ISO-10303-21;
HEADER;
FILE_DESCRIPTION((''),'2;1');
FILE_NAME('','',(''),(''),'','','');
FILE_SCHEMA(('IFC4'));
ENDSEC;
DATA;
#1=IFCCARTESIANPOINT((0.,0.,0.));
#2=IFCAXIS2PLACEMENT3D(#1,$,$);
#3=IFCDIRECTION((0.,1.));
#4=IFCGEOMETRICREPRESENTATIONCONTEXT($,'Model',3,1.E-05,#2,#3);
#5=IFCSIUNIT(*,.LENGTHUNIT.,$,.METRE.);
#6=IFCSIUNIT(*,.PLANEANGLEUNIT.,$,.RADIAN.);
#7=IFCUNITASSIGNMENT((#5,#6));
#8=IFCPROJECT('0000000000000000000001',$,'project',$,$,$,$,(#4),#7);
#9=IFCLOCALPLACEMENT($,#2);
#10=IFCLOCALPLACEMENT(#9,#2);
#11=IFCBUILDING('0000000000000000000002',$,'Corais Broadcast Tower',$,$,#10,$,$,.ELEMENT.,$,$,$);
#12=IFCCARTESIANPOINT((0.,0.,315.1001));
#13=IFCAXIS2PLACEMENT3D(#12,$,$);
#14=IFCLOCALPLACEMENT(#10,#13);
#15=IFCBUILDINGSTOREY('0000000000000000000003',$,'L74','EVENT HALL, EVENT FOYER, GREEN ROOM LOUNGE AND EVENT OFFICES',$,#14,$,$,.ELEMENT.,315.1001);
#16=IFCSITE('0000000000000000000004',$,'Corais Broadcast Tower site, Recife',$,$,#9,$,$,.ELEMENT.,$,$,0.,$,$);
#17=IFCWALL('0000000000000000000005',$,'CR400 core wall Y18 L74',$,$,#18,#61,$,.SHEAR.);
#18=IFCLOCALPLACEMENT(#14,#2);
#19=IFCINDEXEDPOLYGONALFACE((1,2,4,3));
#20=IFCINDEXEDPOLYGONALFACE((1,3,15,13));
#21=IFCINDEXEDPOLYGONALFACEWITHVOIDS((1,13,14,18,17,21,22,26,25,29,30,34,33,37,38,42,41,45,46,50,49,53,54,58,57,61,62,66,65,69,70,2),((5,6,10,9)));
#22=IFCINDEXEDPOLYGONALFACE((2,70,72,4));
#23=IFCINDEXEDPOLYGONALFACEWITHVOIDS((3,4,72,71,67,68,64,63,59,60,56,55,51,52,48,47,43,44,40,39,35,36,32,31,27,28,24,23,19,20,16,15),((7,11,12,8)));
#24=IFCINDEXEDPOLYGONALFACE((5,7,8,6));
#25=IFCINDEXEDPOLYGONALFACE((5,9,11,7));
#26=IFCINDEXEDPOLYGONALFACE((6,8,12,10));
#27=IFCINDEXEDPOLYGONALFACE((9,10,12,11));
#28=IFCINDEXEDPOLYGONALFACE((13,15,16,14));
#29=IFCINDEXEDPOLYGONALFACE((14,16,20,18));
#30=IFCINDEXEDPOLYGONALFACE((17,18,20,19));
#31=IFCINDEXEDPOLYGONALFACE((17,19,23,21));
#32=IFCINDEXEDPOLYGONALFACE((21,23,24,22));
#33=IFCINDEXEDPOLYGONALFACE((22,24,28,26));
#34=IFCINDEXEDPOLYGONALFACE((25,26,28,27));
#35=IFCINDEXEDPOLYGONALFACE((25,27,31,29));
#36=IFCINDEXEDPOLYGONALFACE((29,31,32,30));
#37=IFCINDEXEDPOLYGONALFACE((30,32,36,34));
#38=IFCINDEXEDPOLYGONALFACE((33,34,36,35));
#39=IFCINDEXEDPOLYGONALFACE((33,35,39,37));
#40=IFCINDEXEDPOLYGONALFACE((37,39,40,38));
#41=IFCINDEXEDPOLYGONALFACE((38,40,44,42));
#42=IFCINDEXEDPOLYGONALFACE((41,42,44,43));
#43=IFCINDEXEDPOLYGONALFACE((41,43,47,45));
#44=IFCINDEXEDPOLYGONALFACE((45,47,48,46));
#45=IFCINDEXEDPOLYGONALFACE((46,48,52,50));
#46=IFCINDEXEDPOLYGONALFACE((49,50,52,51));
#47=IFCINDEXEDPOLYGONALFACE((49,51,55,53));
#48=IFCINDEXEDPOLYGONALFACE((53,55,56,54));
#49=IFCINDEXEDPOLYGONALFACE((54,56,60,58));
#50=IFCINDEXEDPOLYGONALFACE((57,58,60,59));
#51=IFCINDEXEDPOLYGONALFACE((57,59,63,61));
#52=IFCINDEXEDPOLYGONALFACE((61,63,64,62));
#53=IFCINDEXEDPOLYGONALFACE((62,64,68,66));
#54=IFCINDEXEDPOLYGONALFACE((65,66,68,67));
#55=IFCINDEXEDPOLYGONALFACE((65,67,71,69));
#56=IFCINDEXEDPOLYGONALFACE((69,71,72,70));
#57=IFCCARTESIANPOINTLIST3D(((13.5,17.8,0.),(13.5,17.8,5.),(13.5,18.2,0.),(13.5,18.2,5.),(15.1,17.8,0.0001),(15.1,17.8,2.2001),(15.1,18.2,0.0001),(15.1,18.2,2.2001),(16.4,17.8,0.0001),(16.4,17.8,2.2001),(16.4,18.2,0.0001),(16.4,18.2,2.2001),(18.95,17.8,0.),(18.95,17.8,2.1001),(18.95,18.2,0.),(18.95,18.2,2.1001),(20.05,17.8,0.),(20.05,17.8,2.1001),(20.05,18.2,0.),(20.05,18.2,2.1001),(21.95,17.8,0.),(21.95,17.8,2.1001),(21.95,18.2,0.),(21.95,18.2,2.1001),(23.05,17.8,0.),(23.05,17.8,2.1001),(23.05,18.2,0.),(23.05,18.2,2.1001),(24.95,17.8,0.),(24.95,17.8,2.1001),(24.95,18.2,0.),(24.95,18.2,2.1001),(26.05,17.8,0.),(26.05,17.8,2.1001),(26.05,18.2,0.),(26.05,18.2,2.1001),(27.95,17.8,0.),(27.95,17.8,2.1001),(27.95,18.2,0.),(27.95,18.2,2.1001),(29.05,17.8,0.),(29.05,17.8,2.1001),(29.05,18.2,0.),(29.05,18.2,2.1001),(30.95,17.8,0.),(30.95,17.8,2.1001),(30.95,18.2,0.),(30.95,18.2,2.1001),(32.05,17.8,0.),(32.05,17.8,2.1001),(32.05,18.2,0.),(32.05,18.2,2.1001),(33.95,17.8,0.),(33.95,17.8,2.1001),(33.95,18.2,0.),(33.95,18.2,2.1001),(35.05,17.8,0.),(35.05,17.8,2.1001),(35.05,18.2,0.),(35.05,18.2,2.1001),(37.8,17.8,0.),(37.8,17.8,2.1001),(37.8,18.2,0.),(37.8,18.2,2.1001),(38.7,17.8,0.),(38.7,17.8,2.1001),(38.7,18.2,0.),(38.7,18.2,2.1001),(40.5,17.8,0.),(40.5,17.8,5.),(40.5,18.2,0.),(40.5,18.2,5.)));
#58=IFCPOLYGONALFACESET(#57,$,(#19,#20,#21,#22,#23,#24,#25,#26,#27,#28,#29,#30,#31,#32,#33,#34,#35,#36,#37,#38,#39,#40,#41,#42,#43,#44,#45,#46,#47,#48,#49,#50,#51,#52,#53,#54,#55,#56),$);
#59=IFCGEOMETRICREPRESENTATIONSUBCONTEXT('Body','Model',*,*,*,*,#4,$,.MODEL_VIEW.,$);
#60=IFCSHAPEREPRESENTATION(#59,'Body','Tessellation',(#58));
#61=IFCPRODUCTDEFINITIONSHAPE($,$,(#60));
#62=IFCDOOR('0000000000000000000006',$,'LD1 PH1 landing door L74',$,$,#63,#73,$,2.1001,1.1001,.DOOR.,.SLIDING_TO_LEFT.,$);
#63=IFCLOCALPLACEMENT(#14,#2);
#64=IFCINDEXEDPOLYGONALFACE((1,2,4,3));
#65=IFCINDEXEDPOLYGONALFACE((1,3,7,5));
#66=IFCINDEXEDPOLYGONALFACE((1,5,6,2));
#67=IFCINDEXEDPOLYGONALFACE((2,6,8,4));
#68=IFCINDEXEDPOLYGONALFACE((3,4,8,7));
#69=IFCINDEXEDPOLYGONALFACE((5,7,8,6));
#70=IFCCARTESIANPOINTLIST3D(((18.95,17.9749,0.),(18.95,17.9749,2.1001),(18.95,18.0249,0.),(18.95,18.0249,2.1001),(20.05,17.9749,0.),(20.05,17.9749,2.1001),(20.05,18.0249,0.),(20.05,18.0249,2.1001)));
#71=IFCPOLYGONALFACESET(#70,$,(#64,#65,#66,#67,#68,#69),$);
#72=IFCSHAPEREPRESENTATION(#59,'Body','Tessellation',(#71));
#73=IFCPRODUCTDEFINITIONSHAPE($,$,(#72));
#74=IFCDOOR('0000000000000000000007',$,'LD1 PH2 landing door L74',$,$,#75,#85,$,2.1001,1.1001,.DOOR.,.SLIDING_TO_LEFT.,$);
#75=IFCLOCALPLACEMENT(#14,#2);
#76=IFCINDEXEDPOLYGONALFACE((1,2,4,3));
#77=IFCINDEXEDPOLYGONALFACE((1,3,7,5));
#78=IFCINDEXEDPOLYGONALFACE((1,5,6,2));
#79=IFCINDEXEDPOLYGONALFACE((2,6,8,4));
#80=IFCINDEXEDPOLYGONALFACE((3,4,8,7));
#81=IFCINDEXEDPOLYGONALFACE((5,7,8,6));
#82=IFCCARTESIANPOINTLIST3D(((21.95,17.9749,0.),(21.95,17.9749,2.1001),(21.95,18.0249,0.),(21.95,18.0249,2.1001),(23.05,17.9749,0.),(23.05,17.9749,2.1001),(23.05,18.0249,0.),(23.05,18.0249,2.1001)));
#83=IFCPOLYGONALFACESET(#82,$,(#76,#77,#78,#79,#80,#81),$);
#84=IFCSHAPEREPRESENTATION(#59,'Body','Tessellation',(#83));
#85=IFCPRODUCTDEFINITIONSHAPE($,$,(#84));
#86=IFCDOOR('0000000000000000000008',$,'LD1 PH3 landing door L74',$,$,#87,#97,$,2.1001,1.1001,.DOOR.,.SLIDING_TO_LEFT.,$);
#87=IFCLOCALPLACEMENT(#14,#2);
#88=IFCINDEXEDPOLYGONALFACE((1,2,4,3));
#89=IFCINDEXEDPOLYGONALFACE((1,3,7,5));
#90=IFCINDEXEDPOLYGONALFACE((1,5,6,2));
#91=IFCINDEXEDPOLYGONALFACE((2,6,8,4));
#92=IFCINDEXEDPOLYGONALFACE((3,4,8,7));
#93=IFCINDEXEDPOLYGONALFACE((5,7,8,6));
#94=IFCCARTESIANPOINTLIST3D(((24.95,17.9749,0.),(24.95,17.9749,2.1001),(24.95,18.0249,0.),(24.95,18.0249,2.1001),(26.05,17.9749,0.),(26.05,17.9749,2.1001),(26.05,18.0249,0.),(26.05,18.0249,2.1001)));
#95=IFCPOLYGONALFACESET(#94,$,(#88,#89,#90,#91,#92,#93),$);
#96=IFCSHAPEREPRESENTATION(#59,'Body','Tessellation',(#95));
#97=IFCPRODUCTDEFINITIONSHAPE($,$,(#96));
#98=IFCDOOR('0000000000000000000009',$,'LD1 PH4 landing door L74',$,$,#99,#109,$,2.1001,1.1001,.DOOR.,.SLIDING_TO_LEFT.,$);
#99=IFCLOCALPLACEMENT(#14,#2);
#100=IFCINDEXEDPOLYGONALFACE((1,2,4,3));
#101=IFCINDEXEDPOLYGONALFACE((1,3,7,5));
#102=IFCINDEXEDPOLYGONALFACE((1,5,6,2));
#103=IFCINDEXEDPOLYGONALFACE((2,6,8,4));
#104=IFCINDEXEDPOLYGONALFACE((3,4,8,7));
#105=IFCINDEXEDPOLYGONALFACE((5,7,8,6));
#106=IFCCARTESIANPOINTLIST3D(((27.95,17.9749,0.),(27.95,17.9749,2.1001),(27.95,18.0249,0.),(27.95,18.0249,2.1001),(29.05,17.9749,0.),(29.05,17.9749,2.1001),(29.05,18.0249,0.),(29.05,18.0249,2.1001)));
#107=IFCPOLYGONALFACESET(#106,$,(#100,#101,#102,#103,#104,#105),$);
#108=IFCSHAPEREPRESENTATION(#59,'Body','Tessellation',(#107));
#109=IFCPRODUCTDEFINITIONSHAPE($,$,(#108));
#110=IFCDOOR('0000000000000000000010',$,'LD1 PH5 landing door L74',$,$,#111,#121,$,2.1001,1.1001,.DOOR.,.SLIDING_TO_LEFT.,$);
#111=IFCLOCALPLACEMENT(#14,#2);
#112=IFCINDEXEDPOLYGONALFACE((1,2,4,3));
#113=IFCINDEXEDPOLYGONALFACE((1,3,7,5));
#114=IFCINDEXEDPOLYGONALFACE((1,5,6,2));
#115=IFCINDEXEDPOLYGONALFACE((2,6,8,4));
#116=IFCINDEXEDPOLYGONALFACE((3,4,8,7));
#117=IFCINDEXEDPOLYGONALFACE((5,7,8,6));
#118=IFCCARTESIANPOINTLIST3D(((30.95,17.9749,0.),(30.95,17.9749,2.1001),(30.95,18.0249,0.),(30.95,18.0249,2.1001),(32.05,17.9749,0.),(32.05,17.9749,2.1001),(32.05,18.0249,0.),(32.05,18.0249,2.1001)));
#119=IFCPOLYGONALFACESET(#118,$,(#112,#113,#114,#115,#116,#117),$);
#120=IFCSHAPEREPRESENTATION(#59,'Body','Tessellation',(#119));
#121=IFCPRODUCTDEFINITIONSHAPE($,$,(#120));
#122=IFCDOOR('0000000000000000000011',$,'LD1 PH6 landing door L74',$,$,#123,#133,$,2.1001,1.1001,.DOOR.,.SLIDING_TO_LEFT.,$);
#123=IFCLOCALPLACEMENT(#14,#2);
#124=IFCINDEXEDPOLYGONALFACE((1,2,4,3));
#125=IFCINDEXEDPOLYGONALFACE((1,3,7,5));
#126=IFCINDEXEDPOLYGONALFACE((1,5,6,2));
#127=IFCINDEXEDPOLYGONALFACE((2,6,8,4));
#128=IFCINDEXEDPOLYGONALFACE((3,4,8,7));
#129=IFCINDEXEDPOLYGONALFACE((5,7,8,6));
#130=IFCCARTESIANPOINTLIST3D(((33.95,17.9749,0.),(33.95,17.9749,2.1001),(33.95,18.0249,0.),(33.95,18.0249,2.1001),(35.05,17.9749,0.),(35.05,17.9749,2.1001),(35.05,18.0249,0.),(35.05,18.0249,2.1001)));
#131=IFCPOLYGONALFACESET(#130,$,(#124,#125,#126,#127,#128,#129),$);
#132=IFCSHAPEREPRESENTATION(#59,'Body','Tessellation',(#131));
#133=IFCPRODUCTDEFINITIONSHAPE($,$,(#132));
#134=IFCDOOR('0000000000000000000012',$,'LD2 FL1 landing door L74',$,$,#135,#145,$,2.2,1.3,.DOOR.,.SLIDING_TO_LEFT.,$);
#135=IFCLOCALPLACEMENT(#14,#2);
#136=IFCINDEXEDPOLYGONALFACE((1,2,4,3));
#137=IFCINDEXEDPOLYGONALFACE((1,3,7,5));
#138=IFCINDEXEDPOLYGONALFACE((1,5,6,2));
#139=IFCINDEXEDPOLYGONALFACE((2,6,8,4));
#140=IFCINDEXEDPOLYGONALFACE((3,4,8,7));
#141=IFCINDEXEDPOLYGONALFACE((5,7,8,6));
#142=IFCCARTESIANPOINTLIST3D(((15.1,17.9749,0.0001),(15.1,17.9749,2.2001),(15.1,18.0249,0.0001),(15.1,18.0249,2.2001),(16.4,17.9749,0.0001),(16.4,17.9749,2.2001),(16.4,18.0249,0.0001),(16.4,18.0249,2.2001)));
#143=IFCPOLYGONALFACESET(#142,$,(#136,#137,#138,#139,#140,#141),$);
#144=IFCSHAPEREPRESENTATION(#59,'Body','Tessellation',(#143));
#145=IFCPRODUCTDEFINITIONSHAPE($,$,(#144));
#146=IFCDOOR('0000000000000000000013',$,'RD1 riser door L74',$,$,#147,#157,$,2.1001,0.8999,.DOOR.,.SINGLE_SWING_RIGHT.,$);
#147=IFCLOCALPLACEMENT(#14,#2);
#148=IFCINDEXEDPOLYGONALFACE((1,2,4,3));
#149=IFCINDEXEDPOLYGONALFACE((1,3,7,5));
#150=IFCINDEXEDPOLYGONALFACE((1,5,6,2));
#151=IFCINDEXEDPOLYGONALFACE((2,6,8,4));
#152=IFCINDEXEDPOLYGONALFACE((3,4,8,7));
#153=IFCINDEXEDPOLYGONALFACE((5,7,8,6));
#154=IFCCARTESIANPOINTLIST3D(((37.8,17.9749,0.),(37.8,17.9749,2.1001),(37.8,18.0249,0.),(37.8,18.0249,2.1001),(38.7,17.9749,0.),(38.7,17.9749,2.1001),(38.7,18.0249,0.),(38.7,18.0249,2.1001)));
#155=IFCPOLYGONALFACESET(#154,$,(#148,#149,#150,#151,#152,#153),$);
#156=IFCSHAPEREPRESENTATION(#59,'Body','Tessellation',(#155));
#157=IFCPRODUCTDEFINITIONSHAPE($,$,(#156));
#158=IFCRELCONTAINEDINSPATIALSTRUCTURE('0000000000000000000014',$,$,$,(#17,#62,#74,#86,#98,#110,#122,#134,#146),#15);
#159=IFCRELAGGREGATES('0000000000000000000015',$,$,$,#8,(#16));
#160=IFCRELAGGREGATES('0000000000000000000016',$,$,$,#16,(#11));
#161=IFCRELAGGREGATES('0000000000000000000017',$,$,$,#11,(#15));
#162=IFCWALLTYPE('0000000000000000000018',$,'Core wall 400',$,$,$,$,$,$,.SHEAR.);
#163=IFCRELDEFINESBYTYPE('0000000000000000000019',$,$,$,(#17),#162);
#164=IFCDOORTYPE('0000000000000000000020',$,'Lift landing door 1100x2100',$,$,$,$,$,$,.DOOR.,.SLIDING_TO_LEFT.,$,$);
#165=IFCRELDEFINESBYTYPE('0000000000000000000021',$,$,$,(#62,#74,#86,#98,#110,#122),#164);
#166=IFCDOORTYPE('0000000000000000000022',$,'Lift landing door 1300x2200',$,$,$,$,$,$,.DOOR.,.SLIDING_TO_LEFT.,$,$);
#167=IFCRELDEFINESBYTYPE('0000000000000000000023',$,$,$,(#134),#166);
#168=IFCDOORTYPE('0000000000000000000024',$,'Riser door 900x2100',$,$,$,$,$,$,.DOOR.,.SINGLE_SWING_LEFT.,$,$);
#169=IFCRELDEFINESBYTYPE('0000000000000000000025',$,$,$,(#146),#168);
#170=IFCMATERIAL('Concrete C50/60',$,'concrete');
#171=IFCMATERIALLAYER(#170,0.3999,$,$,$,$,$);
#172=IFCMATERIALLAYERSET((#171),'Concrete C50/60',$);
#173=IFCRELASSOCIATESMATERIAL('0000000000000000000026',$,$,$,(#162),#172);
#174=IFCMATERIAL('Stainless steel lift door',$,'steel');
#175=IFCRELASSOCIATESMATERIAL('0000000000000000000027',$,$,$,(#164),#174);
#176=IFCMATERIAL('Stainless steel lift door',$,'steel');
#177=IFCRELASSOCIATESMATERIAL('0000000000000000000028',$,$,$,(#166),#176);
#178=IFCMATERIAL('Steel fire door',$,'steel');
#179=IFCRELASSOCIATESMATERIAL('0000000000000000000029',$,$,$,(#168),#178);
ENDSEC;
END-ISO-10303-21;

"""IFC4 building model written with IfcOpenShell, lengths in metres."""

from ifc_helpers import new_model, si_unit, direction, frame, frame_2d, origin, place, context, subcontext, project, spatial, rectangle, extrude, material, layer, layer_set, type_object, element, fill, save


model = new_model("IFC4")

# Units and contexts
model_context = context("Model", 3, precision=1e-05, world=origin(), true_north=direction((0.0, 1.0)))
body_context = subcontext(model_context, "Body", "Model", "MODEL_VIEW")
ifc_project = project(units=[si_unit("LENGTHUNIT", "METRE"), si_unit("PLANEANGLEUNIT", "RADIAN")], contexts=[model_context])

# Site, building, storey
site_placement = place(None, origin())
site = spatial("IfcSite", under=ifc_project, at=site_placement, Name="Corais Broadcast Tower site, Recife", CompositionType="ELEMENT", RefElevation=0.0)
building_placement = place(site_placement, origin())
building = spatial("IfcBuilding", under=site, at=building_placement, Name="Corais Broadcast Tower", CompositionType="ELEMENT")
storey_placement = place(building_placement, frame((0.0, 0.0, 315.1001)))
storey = spatial("IfcBuildingStorey", under=building, at=storey_placement, Name="L74", Description="EVENT HALL, EVENT FOYER, GREEN ROOM LOUNGE AND EVENT OFFICES", CompositionType="ELEMENT", Elevation=315.1001)

# Shared definitions
ifc_material_1 = material(Name="Concrete C50/60", Category="concrete")
ifc_layer_1 = layer(ifc_material_1, 0.3999)
ifc_layer_set_1 = layer_set([ifc_layer_1], Name="Concrete C50/60")
wall_type_1 = type_object("IfcWallType", Name="Core wall 400", PredefinedType="SHEAR", material=ifc_layer_set_1)

# Wall, openings, doors
wall_1_placement = place(storey_placement, frame((13.5, 18.0, 0.0), z_axis=(0.0, 0.0, 1.0), x_axis=(1.0, 0.0, 0.0)))
wall_1 = element("IfcWall", 1, at=wall_1_placement, inside=storey, type_object=wall_type_1, Name="CR400 core wall Y18 L74", PredefinedType="SHEAR", context=body_context, shape_type="SweptSolid", body=[
    extrude(rectangle(XDim=27.0, YDim=0.3999, at=frame_2d((13.5, 0.0))), origin(), (0.0, 0.0, 1.0), 5.0),
])
opening_1_placement = place(wall_1_placement, frame((24.3, 0.0, 0.0)))
opening_1 = element("IfcOpeningElement", 2, at=opening_1_placement, cuts=wall_1, PredefinedType="OPENING", context=body_context, shape_type="SweptSolid", body=[
    extrude(rectangle(XDim=0.8999, YDim=2.1001, at=frame_2d((0.45, 1.05))), frame((0.0, 0.21, 0.0), z_axis=(0.0, -1.0, 0.0), x_axis=(1.0, 0.0, 0.0)), (0.0, 0.0, 1.0), 0.4199),
])
opening_2_placement = place(wall_1_placement, frame((5.45, 0.0, 0.0)))
opening_2 = element("IfcOpeningElement", 3, at=opening_2_placement, cuts=wall_1, PredefinedType="OPENING", context=body_context, shape_type="SweptSolid", body=[
    extrude(rectangle(XDim=1.1001, YDim=2.1001, at=frame_2d((0.55, 1.05))), frame((0.0, 0.21, 0.0), z_axis=(0.0, -1.0, 0.0), x_axis=(1.0, 0.0, 0.0)), (0.0, 0.0, 1.0), 0.4199),
])
opening_3_placement = place(wall_1_placement, frame((8.45, 0.0, 0.0)))
opening_3 = element("IfcOpeningElement", 4, at=opening_3_placement, cuts=wall_1, PredefinedType="OPENING", context=body_context, shape_type="SweptSolid", body=[
    extrude(rectangle(XDim=1.1001, YDim=2.1001, at=frame_2d((0.55, 1.05))), frame((0.0, 0.21, 0.0), z_axis=(0.0, -1.0, 0.0), x_axis=(1.0, 0.0, 0.0)), (0.0, 0.0, 1.0), 0.4199),
])
opening_4_placement = place(wall_1_placement, frame((11.45, 0.0, 0.0)))
opening_4 = element("IfcOpeningElement", 5, at=opening_4_placement, cuts=wall_1, PredefinedType="OPENING", context=body_context, shape_type="SweptSolid", body=[
    extrude(rectangle(XDim=1.1001, YDim=2.1001, at=frame_2d((0.55, 1.05))), frame((0.0, 0.21, 0.0), z_axis=(0.0, -1.0, 0.0), x_axis=(1.0, 0.0, 0.0)), (0.0, 0.0, 1.0), 0.4199),
])
opening_5_placement = place(wall_1_placement, frame((14.45, 0.0, 0.0)))
opening_5 = element("IfcOpeningElement", 6, at=opening_5_placement, cuts=wall_1, PredefinedType="OPENING", context=body_context, shape_type="SweptSolid", body=[
    extrude(rectangle(XDim=1.1001, YDim=2.1001, at=frame_2d((0.55, 1.05))), frame((0.0, 0.21, 0.0), z_axis=(0.0, -1.0, 0.0), x_axis=(1.0, 0.0, 0.0)), (0.0, 0.0, 1.0), 0.4199),
])
opening_6_placement = place(wall_1_placement, frame((17.45, 0.0, 0.0)))
opening_6 = element("IfcOpeningElement", 7, at=opening_6_placement, cuts=wall_1, PredefinedType="OPENING", context=body_context, shape_type="SweptSolid", body=[
    extrude(rectangle(XDim=1.1001, YDim=2.1001, at=frame_2d((0.55, 1.05))), frame((0.0, 0.21, 0.0), z_axis=(0.0, -1.0, 0.0), x_axis=(1.0, 0.0, 0.0)), (0.0, 0.0, 1.0), 0.4199),
])
opening_7_placement = place(wall_1_placement, frame((20.45, 0.0, 0.0)))
opening_7 = element("IfcOpeningElement", 8, at=opening_7_placement, cuts=wall_1, PredefinedType="OPENING", context=body_context, shape_type="SweptSolid", body=[
    extrude(rectangle(XDim=1.1001, YDim=2.1001, at=frame_2d((0.55, 1.05))), frame((0.0, 0.21, 0.0), z_axis=(0.0, -1.0, 0.0), x_axis=(1.0, 0.0, 0.0)), (0.0, 0.0, 1.0), 0.4199),
])
opening_8_placement = place(wall_1_placement, frame((1.6001, 0.0, 0.0)))
opening_8 = element("IfcOpeningElement", 9, at=opening_8_placement, cuts=wall_1, PredefinedType="OPENING", context=body_context, shape_type="SweptSolid", body=[
    extrude(rectangle(XDim=1.3, YDim=2.2, at=frame_2d((0.6499, 1.1001))), frame((0.0, 0.21, 0.0), z_axis=(0.0, -1.0, 0.0), x_axis=(1.0, 0.0, 0.0)), (0.0, 0.0, 1.0), 0.4199),
])
ifc_material_2 = material(Name="Stainless steel lift door", Category="steel")
door_type_1 = type_object("IfcDoorType", Name="Lift landing door 1100x2100", OperationType="SLIDING_TO_LEFT", PredefinedType="DOOR", material=ifc_material_2)
door_1_placement = place(opening_2_placement, origin())
door_1 = element("IfcDoor", 10, at=door_1_placement, inside=storey, type_object=door_type_1, Name="LD1 PH1 landing door L74", OperationType="SLIDING_TO_LEFT", OverallHeight=2.1001, OverallWidth=1.1001, PredefinedType="DOOR", context=body_context, shape_type="SweptSolid", body=[
    extrude(rectangle(XDim=1.1001, YDim=2.1001, at=frame_2d((0.55, 1.05))), frame((0.0, 0.0249, 0.0), z_axis=(0.0, -1.0, 0.0), x_axis=(1.0, 0.0, 0.0)), (0.0, 0.0, 1.0), 0.05),
])
fill(opening_2, door_1)
door_2_placement = place(opening_3_placement, origin())
door_2 = element("IfcDoor", 11, at=door_2_placement, inside=storey, type_object=door_type_1, Name="LD1 PH2 landing door L74", OperationType="SLIDING_TO_LEFT", OverallHeight=2.1001, OverallWidth=1.1001, PredefinedType="DOOR", context=body_context, shape_type="SweptSolid", body=[
    extrude(rectangle(XDim=1.1001, YDim=2.1001, at=frame_2d((0.55, 1.05))), frame((0.0, 0.0249, 0.0), z_axis=(0.0, -1.0, 0.0), x_axis=(1.0, 0.0, 0.0)), (0.0, 0.0, 1.0), 0.05),
])
fill(opening_3, door_2)
door_3_placement = place(opening_4_placement, origin())
door_3 = element("IfcDoor", 12, at=door_3_placement, inside=storey, type_object=door_type_1, Name="LD1 PH3 landing door L74", OperationType="SLIDING_TO_LEFT", OverallHeight=2.1001, OverallWidth=1.1001, PredefinedType="DOOR", context=body_context, shape_type="SweptSolid", body=[
    extrude(rectangle(XDim=1.1001, YDim=2.1001, at=frame_2d((0.55, 1.05))), frame((0.0, 0.0249, 0.0), z_axis=(0.0, -1.0, 0.0), x_axis=(1.0, 0.0, 0.0)), (0.0, 0.0, 1.0), 0.05),
])
fill(opening_4, door_3)
door_4_placement = place(opening_5_placement, origin())
door_4 = element("IfcDoor", 13, at=door_4_placement, inside=storey, type_object=door_type_1, Name="LD1 PH4 landing door L74", OperationType="SLIDING_TO_LEFT", OverallHeight=2.1001, OverallWidth=1.1001, PredefinedType="DOOR", context=body_context, shape_type="SweptSolid", body=[
    extrude(rectangle(XDim=1.1001, YDim=2.1001, at=frame_2d((0.55, 1.05))), frame((0.0, 0.0249, 0.0), z_axis=(0.0, -1.0, 0.0), x_axis=(1.0, 0.0, 0.0)), (0.0, 0.0, 1.0), 0.05),
])
fill(opening_5, door_4)
door_5_placement = place(opening_6_placement, origin())
door_5 = element("IfcDoor", 14, at=door_5_placement, inside=storey, type_object=door_type_1, Name="LD1 PH5 landing door L74", OperationType="SLIDING_TO_LEFT", OverallHeight=2.1001, OverallWidth=1.1001, PredefinedType="DOOR", context=body_context, shape_type="SweptSolid", body=[
    extrude(rectangle(XDim=1.1001, YDim=2.1001, at=frame_2d((0.55, 1.05))), frame((0.0, 0.0249, 0.0), z_axis=(0.0, -1.0, 0.0), x_axis=(1.0, 0.0, 0.0)), (0.0, 0.0, 1.0), 0.05),
])
fill(opening_6, door_5)
door_6_placement = place(opening_7_placement, origin())
door_6 = element("IfcDoor", 15, at=door_6_placement, inside=storey, type_object=door_type_1, Name="LD1 PH6 landing door L74", OperationType="SLIDING_TO_LEFT", OverallHeight=2.1001, OverallWidth=1.1001, PredefinedType="DOOR", context=body_context, shape_type="SweptSolid", body=[
    extrude(rectangle(XDim=1.1001, YDim=2.1001, at=frame_2d((0.55, 1.05))), frame((0.0, 0.0249, 0.0), z_axis=(0.0, -1.0, 0.0), x_axis=(1.0, 0.0, 0.0)), (0.0, 0.0, 1.0), 0.05),
])
fill(opening_7, door_6)
ifc_material_3 = material(Name="Stainless steel lift door", Category="steel")
door_type_2 = type_object("IfcDoorType", Name="Lift landing door 1300x2200", OperationType="SLIDING_TO_LEFT", PredefinedType="DOOR", material=ifc_material_3)
door_7_placement = place(opening_8_placement, origin())
door_7 = element("IfcDoor", 16, at=door_7_placement, inside=storey, type_object=door_type_2, Name="LD2 FL1 landing door L74", OperationType="SLIDING_TO_LEFT", OverallHeight=2.2, OverallWidth=1.3, PredefinedType="DOOR", context=body_context, shape_type="SweptSolid", body=[
    extrude(rectangle(XDim=1.3, YDim=2.2, at=frame_2d((0.6499, 1.1001))), frame((0.0, 0.0249, 0.0), z_axis=(0.0, -1.0, 0.0), x_axis=(1.0, 0.0, 0.0)), (0.0, 0.0, 1.0), 0.05),
])
fill(opening_8, door_7)
ifc_material_4 = material(Name="Steel fire door", Category="steel")
door_type_3 = type_object("IfcDoorType", Name="Riser door 900x2100", OperationType="SINGLE_SWING_LEFT", PredefinedType="DOOR", material=ifc_material_4)
door_8_placement = place(opening_1_placement, origin())
door_8 = element("IfcDoor", 17, at=door_8_placement, inside=storey, type_object=door_type_3, Name="RD1 riser door L74", OperationType="SINGLE_SWING_RIGHT", OverallHeight=2.1001, OverallWidth=0.8999, PredefinedType="DOOR", context=body_context, shape_type="SweptSolid", body=[
    extrude(rectangle(XDim=0.8999, YDim=2.1001, at=frame_2d((0.45, 1.05))), frame((0.0, 0.0249, 0.0), z_axis=(0.0, -1.0, 0.0), x_axis=(1.0, 0.0, 0.0)), (0.0, 0.0, 1.0), 0.05),
])
fill(opening_1, door_8)

save(model, "model.ifc")
